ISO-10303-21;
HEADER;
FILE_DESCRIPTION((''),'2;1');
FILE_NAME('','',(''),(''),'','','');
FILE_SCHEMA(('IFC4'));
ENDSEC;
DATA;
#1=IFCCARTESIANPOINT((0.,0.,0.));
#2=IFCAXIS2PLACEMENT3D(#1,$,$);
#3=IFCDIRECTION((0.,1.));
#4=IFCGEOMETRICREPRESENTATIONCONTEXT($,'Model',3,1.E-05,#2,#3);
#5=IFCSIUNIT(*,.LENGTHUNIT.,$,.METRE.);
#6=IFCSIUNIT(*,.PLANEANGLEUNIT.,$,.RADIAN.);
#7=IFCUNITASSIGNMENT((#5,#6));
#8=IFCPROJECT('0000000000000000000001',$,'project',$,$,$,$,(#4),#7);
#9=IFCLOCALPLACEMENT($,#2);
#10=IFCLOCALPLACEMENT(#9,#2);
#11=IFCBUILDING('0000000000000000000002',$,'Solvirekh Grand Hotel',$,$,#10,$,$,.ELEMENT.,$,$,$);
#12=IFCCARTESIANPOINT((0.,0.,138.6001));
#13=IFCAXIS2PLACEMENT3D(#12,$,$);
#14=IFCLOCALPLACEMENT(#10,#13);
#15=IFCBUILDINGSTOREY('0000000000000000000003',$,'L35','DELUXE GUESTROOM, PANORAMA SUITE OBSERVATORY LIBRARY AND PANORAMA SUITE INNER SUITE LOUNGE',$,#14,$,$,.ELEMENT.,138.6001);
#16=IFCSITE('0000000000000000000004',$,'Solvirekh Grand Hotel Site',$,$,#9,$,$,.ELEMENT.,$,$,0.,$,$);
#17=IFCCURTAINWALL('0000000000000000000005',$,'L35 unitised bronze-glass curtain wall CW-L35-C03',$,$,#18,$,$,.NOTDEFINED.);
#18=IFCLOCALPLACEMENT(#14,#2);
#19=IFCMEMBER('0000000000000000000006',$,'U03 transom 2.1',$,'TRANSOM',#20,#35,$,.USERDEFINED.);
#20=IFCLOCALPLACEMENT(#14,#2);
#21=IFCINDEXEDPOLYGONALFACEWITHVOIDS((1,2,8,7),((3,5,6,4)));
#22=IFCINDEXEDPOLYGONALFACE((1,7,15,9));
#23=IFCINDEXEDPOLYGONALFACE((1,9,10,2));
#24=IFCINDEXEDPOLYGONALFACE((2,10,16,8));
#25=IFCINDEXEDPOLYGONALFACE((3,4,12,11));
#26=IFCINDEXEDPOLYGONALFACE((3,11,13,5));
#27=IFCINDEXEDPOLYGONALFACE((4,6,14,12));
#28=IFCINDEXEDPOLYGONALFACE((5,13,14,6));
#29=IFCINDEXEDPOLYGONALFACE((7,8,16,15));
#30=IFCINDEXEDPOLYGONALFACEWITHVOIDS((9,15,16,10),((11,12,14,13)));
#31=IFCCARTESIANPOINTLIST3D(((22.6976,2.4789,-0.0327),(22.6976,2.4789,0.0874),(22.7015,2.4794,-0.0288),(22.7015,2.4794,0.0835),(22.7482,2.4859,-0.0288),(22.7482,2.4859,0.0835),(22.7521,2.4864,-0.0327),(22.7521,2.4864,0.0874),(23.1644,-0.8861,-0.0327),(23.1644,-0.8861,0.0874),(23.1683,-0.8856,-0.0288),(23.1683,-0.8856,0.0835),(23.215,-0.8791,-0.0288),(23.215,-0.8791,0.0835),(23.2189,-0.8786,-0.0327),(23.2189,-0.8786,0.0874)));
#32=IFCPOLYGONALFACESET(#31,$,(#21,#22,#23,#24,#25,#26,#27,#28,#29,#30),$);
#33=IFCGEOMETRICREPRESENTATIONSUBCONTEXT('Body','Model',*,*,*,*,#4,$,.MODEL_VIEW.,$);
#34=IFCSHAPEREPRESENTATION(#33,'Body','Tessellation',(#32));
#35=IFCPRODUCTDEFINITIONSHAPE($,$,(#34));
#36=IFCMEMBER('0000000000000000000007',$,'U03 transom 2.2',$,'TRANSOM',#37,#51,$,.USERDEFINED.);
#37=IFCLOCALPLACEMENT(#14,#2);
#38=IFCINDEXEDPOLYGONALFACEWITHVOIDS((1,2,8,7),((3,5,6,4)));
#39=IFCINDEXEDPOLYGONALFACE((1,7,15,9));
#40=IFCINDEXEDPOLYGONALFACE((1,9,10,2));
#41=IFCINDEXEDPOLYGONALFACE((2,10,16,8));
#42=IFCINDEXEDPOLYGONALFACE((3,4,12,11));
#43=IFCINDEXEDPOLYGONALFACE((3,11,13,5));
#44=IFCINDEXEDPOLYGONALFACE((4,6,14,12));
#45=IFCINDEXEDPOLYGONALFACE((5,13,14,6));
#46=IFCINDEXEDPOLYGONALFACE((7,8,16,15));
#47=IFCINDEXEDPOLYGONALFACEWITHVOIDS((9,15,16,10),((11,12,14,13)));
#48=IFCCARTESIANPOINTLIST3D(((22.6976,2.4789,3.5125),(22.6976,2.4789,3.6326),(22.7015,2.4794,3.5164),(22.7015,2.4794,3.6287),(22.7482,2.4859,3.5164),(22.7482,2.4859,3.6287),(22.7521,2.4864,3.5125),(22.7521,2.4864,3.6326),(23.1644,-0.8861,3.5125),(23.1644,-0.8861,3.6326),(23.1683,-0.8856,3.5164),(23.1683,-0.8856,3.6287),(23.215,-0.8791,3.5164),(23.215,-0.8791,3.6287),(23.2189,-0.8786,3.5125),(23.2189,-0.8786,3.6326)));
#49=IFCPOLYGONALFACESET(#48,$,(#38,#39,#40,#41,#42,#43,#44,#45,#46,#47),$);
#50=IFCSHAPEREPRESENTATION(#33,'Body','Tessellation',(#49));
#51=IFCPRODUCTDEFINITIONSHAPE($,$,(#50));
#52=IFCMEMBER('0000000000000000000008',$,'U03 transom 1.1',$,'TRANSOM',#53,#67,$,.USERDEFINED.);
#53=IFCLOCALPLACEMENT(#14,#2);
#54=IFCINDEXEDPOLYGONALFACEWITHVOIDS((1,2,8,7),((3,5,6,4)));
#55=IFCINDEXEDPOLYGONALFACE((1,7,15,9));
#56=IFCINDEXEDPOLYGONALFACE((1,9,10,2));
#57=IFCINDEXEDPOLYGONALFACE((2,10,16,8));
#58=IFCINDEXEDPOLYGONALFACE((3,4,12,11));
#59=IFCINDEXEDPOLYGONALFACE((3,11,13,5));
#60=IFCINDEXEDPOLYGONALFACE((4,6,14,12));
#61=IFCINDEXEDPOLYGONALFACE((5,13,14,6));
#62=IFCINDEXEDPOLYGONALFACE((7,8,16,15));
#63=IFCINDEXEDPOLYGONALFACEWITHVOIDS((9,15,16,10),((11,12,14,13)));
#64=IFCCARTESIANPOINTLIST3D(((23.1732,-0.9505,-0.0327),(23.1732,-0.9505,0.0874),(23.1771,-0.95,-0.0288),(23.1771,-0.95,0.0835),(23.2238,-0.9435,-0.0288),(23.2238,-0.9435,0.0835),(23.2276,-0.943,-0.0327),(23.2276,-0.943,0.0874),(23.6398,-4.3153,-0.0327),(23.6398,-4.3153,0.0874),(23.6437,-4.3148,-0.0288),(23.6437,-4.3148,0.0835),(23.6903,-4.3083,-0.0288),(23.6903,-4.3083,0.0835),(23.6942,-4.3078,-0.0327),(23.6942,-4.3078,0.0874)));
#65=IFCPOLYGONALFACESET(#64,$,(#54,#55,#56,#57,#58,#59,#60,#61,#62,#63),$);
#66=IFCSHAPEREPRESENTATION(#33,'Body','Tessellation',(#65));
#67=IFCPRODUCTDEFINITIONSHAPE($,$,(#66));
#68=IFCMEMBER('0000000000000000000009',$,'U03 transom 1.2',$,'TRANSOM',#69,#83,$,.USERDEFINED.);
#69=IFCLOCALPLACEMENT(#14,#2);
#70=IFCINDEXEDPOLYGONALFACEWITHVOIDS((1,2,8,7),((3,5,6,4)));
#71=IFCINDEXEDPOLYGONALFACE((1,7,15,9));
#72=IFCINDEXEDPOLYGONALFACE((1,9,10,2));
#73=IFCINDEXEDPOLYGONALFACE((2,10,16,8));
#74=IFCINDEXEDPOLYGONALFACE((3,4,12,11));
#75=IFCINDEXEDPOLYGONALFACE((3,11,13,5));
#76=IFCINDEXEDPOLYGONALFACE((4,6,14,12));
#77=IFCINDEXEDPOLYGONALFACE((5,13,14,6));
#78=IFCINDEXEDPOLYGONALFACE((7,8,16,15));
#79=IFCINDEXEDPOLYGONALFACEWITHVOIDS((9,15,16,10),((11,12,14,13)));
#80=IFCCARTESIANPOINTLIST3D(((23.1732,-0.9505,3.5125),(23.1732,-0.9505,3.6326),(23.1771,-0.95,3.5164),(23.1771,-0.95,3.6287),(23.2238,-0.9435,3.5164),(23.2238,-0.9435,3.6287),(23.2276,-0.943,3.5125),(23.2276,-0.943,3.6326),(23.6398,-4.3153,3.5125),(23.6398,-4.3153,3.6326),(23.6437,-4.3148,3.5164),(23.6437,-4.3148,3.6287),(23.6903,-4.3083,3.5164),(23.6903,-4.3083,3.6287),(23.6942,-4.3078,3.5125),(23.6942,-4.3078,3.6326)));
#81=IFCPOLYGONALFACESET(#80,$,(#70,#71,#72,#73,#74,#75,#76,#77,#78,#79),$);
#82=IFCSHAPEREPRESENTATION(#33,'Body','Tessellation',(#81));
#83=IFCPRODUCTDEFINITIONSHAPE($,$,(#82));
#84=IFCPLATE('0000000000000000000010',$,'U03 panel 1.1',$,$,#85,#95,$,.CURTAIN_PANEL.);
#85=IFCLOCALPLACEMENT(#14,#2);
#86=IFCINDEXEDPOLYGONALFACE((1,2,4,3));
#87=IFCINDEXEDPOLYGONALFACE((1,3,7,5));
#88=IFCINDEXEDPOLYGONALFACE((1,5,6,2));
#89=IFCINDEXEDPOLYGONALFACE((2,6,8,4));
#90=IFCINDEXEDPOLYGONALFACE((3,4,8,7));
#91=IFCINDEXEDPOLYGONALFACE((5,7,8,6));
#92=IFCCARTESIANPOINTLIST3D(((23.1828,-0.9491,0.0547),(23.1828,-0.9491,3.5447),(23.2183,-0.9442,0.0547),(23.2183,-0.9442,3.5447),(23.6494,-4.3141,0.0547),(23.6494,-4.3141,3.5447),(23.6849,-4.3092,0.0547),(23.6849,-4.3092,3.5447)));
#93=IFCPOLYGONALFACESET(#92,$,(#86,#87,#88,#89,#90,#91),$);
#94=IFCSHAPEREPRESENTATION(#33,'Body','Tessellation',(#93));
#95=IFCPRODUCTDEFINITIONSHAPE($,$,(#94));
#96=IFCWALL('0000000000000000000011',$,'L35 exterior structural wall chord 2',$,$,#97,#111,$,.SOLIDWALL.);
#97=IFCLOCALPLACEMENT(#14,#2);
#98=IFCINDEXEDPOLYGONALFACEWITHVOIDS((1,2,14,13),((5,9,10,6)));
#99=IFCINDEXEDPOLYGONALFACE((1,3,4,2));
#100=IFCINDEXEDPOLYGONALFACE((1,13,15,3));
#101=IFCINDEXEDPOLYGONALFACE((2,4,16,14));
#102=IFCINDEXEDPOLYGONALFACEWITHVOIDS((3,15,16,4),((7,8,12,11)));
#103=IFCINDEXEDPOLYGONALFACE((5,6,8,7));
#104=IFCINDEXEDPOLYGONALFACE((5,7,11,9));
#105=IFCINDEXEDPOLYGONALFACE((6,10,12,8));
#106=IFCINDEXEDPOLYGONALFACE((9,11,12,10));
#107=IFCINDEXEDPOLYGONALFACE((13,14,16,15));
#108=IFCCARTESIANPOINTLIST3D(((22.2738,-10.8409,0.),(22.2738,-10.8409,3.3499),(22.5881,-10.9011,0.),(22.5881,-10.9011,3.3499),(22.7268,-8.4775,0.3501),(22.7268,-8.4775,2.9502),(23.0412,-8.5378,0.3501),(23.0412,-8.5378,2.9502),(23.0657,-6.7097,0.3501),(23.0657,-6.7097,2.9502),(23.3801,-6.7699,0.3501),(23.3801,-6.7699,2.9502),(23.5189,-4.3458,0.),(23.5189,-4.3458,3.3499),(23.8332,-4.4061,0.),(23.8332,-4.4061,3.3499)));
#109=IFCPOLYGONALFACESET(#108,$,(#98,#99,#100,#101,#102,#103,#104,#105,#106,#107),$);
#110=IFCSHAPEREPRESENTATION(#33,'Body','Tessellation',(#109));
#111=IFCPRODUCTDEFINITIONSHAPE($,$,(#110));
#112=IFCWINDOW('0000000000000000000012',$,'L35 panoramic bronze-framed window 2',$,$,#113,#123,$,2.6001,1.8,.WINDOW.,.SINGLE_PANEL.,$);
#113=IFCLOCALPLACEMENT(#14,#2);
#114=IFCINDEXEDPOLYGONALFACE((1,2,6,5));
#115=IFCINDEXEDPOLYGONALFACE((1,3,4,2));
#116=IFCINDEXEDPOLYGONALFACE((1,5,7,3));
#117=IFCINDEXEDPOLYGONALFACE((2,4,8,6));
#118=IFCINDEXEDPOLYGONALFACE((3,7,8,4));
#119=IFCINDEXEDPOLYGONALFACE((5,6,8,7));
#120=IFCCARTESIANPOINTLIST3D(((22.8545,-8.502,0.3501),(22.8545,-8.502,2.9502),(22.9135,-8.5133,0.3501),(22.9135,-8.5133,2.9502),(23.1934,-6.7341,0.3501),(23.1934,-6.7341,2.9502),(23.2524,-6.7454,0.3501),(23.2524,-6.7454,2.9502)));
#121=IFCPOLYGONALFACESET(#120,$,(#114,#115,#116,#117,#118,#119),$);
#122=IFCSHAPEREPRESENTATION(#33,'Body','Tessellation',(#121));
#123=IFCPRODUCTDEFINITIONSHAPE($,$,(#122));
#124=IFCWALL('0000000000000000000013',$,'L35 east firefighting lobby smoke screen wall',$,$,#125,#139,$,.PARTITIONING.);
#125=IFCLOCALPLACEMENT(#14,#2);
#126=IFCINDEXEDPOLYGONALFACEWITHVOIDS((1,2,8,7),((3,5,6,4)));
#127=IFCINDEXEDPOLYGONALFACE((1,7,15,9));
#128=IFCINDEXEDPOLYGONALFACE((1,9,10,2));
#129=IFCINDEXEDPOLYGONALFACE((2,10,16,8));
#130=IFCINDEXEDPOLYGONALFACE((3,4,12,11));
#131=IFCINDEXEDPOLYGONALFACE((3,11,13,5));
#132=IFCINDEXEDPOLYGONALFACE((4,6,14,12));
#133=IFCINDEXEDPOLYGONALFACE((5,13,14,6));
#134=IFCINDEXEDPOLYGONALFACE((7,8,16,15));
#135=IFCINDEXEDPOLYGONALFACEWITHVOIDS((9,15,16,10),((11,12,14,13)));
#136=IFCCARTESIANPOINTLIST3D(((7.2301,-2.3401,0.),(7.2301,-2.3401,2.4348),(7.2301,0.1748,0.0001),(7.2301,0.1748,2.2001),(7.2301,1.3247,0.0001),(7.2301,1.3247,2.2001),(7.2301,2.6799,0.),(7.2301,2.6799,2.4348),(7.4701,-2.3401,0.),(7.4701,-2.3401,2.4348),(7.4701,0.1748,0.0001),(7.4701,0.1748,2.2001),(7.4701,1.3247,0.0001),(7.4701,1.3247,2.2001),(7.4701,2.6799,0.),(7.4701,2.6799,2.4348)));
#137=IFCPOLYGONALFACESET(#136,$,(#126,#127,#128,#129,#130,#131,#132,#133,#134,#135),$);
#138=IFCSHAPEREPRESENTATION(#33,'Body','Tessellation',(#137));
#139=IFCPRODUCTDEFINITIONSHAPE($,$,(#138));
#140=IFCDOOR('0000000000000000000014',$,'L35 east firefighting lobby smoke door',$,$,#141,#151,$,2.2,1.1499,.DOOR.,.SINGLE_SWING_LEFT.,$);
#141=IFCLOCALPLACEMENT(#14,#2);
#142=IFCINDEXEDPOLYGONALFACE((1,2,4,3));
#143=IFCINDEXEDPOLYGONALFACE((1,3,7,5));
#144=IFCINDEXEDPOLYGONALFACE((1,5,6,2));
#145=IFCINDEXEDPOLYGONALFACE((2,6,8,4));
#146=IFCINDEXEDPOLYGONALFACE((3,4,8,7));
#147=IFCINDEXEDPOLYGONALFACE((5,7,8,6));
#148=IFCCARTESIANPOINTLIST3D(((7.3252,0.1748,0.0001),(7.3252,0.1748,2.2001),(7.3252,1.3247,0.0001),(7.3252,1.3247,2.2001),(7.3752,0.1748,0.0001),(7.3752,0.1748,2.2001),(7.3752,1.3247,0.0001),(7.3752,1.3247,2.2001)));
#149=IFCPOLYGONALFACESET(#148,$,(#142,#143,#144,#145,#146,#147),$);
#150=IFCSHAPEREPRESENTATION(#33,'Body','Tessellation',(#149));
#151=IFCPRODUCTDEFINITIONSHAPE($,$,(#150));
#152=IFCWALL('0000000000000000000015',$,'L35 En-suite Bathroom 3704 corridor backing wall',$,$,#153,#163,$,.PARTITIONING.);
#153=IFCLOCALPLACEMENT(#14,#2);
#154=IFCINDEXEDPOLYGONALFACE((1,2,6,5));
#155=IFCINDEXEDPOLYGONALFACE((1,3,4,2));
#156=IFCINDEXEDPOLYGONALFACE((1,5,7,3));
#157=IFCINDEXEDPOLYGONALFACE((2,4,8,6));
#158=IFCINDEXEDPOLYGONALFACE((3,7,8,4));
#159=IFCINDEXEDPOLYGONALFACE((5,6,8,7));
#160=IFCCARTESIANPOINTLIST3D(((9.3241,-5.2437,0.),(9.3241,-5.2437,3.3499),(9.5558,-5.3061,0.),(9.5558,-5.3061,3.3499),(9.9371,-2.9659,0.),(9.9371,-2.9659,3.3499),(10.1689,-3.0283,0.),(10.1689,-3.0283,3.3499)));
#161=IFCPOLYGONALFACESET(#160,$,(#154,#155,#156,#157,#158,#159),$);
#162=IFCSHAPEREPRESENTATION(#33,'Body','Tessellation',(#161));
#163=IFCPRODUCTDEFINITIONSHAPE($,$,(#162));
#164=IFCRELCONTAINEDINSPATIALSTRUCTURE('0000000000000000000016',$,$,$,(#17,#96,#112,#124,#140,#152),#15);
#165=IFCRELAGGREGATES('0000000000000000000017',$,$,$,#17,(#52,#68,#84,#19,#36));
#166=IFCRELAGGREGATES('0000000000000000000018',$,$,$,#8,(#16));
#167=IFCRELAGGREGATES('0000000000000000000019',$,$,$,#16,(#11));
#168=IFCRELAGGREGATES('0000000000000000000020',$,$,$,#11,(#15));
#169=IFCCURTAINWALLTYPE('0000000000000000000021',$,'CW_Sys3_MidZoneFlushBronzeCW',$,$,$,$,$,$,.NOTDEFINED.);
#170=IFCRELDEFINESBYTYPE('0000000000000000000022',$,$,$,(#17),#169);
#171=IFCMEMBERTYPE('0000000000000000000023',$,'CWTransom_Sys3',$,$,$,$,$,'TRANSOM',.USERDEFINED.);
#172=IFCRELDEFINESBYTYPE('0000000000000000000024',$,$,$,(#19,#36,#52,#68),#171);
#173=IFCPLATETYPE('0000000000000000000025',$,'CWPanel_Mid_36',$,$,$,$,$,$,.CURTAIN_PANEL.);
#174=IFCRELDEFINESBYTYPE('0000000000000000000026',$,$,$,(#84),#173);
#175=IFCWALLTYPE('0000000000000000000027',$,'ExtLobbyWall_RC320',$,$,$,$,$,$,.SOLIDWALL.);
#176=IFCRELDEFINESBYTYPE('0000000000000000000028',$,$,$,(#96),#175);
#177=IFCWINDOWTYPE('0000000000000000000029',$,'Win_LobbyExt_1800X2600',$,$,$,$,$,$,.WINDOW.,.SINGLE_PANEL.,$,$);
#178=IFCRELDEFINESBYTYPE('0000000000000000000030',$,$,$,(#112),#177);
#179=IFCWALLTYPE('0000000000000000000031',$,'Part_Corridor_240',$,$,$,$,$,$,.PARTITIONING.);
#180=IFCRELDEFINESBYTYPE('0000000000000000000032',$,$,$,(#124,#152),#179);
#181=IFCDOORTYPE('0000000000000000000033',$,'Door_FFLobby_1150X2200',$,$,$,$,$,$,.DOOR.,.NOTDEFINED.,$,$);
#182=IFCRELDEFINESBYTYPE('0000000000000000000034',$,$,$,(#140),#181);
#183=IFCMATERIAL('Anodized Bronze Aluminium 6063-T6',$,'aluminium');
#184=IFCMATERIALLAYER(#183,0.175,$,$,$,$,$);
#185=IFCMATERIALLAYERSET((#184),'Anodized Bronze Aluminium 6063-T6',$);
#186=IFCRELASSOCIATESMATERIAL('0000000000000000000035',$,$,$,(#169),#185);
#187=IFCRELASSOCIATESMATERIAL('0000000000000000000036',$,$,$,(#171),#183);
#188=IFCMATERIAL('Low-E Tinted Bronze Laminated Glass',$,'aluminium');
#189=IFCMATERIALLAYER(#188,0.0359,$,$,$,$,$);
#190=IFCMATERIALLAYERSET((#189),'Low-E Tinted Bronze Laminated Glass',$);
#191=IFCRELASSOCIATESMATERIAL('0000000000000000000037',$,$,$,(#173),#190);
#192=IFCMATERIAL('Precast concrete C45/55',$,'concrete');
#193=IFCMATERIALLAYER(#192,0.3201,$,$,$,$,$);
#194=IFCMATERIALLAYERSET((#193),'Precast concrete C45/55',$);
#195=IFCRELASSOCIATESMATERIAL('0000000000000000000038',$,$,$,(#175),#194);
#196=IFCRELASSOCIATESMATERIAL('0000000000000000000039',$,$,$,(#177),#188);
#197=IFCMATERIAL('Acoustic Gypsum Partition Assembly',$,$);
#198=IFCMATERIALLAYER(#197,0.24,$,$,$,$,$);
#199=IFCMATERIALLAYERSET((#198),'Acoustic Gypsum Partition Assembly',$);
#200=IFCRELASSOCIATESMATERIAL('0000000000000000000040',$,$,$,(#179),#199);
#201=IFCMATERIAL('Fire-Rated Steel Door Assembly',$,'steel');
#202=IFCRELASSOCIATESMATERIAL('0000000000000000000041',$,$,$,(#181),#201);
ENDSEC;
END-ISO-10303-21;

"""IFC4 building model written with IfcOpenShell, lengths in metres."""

from ifc_helpers import new_model, si_unit, direction, frame, frame_2d, origin, origin_2d, place, context, subcontext, project, spatial, rectangle, hollow_rectangle, extrude, source, transform, mapped, material, layer, layer_set, material_profile, profile_set, type_object, element, fill, aggregate, save


model = new_model("IFC4")

# Units and contexts
model_context = context("Model", 3, precision=1e-05, world=origin(), true_north=direction((0.0, 1.0)))
body_context = subcontext(model_context, "Body", "Model", "MODEL_VIEW")
ifc_project = project(units=[si_unit("LENGTHUNIT", "METRE"), si_unit("PLANEANGLEUNIT", "RADIAN")], contexts=[model_context])

# Site, building, storey
site_placement = place(None, origin())
site = spatial("IfcSite", under=ifc_project, at=site_placement, Name="Solvirekh Grand Hotel Site", CompositionType="ELEMENT", RefElevation=0.0)
building_placement = place(site_placement, origin())
building = spatial("IfcBuilding", under=site, at=building_placement, Name="Solvirekh Grand Hotel", CompositionType="ELEMENT")
storey_placement = place(building_placement, frame((0.0, 0.0, 138.6001)))
storey = spatial("IfcBuildingStorey", under=building, at=storey_placement, Name="L35", Description="DELUXE GUESTROOM, PANORAMA SUITE OBSERVATORY LIBRARY AND PANORAMA SUITE INNER SUITE LOUNGE", CompositionType="ELEMENT", Elevation=138.6001)

# Curtain wall, members, plate
ifc_material_1 = material(Name="Anodized Bronze Aluminium 6063-T6", Category="aluminium")
ifc_layer_1 = layer(ifc_material_1, 0.175)
ifc_layer_set_1 = layer_set([ifc_layer_1], Name="Anodized Bronze Aluminium 6063-T6")
curtain_wall_type = type_object("IfcCurtainWallType", Name="CW_Sys3_MidZoneFlushBronzeCW", PredefinedType="NOTDEFINED", material=ifc_layer_set_1)
curtain_wall_placement = place(storey_placement, origin())
curtain_wall = element("IfcCurtainWall", 1, at=curtain_wall_placement, inside=storey, type_object=curtain_wall_type, Name="L35 unitised bronze-glass curtain wall CW-L35-C03", PredefinedType="NOTDEFINED")
ifc_material_profile_1 = material_profile(ifc_material_1, hollow_rectangle(XDim=0.0549, YDim=0.1201, WallThickness=0.0039, at=origin_2d()), Name="ALU RHS 120X55X4")
ifc_profile_set_1 = profile_set([ifc_material_profile_1], Name="Anodized Bronze Aluminium 6063-T6")
member_type_1 = type_object("IfcMemberType", Name="CWTransom_Sys3", ElementType="TRANSOM", PredefinedType="USERDEFINED", material=ifc_profile_set_1)
shared_shape_1 = source(origin(), body_context, "Body", "SweptSolid", [
    extrude(hollow_rectangle(XDim=0.0549, YDim=0.1201, WallThickness=0.0039, at=origin_2d()), origin(), (0.0, 0.0, 1.0), 3.3972),
])
member_1_placement = place(storey_placement, frame((23.1917, -0.8823, 0.0273), z_axis=(-0.137406, 0.990515, 0.0), x_axis=(-0.990515, -0.137406, 0.0)))
member_1 = element("IfcMember", 2, at=member_1_placement, type_object=member_type_1, Name="U03 transom 2.1", ObjectType="TRANSOM", PredefinedType="USERDEFINED", context=body_context, shape_type="MappedRepresentation", body=[
    mapped(shared_shape_1, transform((0.0, 0.0, 0.0), x_axis=(1.0, 0.0, 0.0), y_axis=(0.0, 1.0, 0.0), z_axis=(0.0, 0.0, 1.0), scale=1.0)),
])
member_2_placement = place(storey_placement, frame((23.1917, -0.8823, 3.5725), z_axis=(-0.137406, 0.990515, 0.0), x_axis=(-0.990515, -0.137406, 0.0)))
member_2 = element("IfcMember", 3, at=member_2_placement, type_object=member_type_1, Name="U03 transom 2.2", ObjectType="TRANSOM", PredefinedType="USERDEFINED", context=body_context, shape_type="MappedRepresentation", body=[
    mapped(shared_shape_1, transform((0.0, 0.0, 0.0), x_axis=(1.0, 0.0, 0.0), y_axis=(0.0, 1.0, 0.0), z_axis=(0.0, 0.0, 1.0), scale=1.0)),
])
shared_shape_2 = source(origin(), body_context, "Body", "SweptSolid", [
    extrude(hollow_rectangle(XDim=0.0549, YDim=0.1201, WallThickness=0.0039, at=origin_2d()), origin(), (0.0, 0.0, 1.0), 3.397),
])
member_3_placement = place(storey_placement, frame((23.667, -4.3115, 0.0273), z_axis=(-0.137345, 0.990523, 0.0), x_axis=(-0.990523, -0.137345, 0.0)))
member_3 = element("IfcMember", 4, at=member_3_placement, type_object=member_type_1, Name="U03 transom 1.1", ObjectType="TRANSOM", PredefinedType="USERDEFINED", context=body_context, shape_type="MappedRepresentation", body=[
    mapped(shared_shape_2, transform((0.0, 0.0, 0.0), x_axis=(1.0, 0.0, 0.0), y_axis=(0.0, 1.0, 0.0), z_axis=(0.0, 0.0, 1.0), scale=1.0)),
])
member_4_placement = place(storey_placement, frame((23.667, -4.3115, 3.5725), z_axis=(-0.137345, 0.990523, 0.0), x_axis=(-0.990523, -0.137345, 0.0)))
member_4 = element("IfcMember", 5, at=member_4_placement, type_object=member_type_1, Name="U03 transom 1.2", ObjectType="TRANSOM", PredefinedType="USERDEFINED", context=body_context, shape_type="MappedRepresentation", body=[
    mapped(shared_shape_2, transform((0.0, 0.0, 0.0), x_axis=(1.0, 0.0, 0.0), y_axis=(0.0, 1.0, 0.0), z_axis=(0.0, 0.0, 1.0), scale=1.0)),
])
ifc_material_2 = material(Name="Low-E Tinted Bronze Laminated Glass", Category="aluminium")
ifc_layer_2 = layer(ifc_material_2, 0.0359)
ifc_layer_set_2 = layer_set([ifc_layer_2], Name="Low-E Tinted Bronze Laminated Glass")
plate_type = type_object("IfcPlateType", Name="CWPanel_Mid_36", PredefinedType="CURTAIN_PANEL", material=ifc_layer_set_2)
shared_shape_3 = source(origin(), body_context, "Body", "SweptSolid", [
    extrude(rectangle(XDim=3.3972, YDim=0.0359, at=origin_2d()), origin(), (0.0, 0.0, 1.0), 3.49),
])
plate_placement = place(storey_placement, frame((23.4338, -2.6292, 0.0547), z_axis=(0.0, 0.0, 1.0), x_axis=(-0.137354, 0.990522, 0.0)))
plate = element("IfcPlate", 6, at=plate_placement, type_object=plate_type, Name="U03 panel 1.1", PredefinedType="CURTAIN_PANEL", context=body_context, shape_type="MappedRepresentation", body=[
    mapped(shared_shape_3, transform((0.0, 0.0, 0.0), x_axis=(1.0, 0.0, 0.0), y_axis=(0.0, 1.0, 0.0), z_axis=(0.0, 0.0, 1.0), scale=1.0)),
])
aggregate(curtain_wall, [member_3, member_4, plate, member_1, member_2])

# Wall, opening, window
ifc_material_3 = material(Name="Precast concrete C45/55", Category="concrete")
ifc_layer_3 = layer(ifc_material_3, 0.3201)
ifc_layer_set_3 = layer_set([ifc_layer_3], Name="Precast concrete C45/55")
wall_type_1 = type_object("IfcWallType", Name="ExtLobbyWall_RC320", PredefinedType="SOLIDWALL", material=ifc_layer_set_3)
wall_1_placement = place(storey_placement, frame((23.676, -4.376, 0.0), z_axis=(0.0, 0.0, 1.0), x_axis=(-0.188272, -0.982117, 0.0)))
wall_1 = element("IfcWall", 7, at=wall_1_placement, inside=storey, type_object=wall_type_1, Name="L35 exterior structural wall chord 2", PredefinedType="SOLIDWALL", context=body_context, shape_type="SweptSolid", body=[
    extrude(rectangle(XDim=6.6133, YDim=0.3201, at=frame_2d((3.3066, 0.0))), origin(), (0.0, 0.0, 1.0), 3.3499),
])
opening_1_placement = place(wall_1_placement, frame((2.407, 0.0, 0.3501)))
opening_1 = element("IfcOpeningElement", 8, at=opening_1_placement, cuts=wall_1, PredefinedType="OPENING", context=body_context, shape_type="SweptSolid", body=[
    extrude(rectangle(XDim=1.8, YDim=2.6001, at=frame_2d((0.8999, 1.3))), frame((0.0, 0.1699, 0.0), z_axis=(0.0, -1.0, 0.0), x_axis=(1.0, 0.0, 0.0)), (0.0, 0.0, 1.0), 0.3401),
])
window_type = type_object("IfcWindowType", Name="Win_LobbyExt_1800X2600", PartitioningType="SINGLE_PANEL", PredefinedType="WINDOW", material=ifc_material_2)
window_placement = place(opening_1_placement, origin())
window = element("IfcWindow", 9, at=window_placement, inside=storey, type_object=window_type, Name="L35 panoramic bronze-framed window 2", OverallHeight=2.6001, OverallWidth=1.8, PartitioningType="SINGLE_PANEL", PredefinedType="WINDOW", context=body_context, shape_type="SweptSolid", body=[
    extrude(rectangle(XDim=1.8, YDim=2.6001, at=frame_2d((0.8999, 1.3))), frame((0.0, 0.03, 0.0), z_axis=(0.0, -1.0, 0.0), x_axis=(1.0, 0.0, 0.0)), (0.0, 0.0, 1.0), 0.0601),
])
fill(opening_1, window)

# Wall, opening, door
ifc_material_4 = material(Name="Acoustic Gypsum Partition Assembly")
ifc_layer_4 = layer(ifc_material_4, 0.24)
ifc_layer_set_4 = layer_set([ifc_layer_4], Name="Acoustic Gypsum Partition Assembly")
wall_type_2 = type_object("IfcWallType", Name="Part_Corridor_240", PredefinedType="PARTITIONING", material=ifc_layer_set_4)
wall_2_placement = place(storey_placement, frame((7.3501, -2.3401, 0.0), z_axis=(0.0, 0.0, 1.0), x_axis=(0.0, 1.0, 0.0)))
wall_2 = element("IfcWall", 10, at=wall_2_placement, inside=storey, type_object=wall_type_2, Name="L35 east firefighting lobby smoke screen wall", PredefinedType="PARTITIONING", context=body_context, shape_type="SweptSolid", body=[
    extrude(rectangle(XDim=5.02, YDim=0.24, at=frame_2d((2.51, 0.0))), origin(), (0.0, 0.0, 1.0), 2.4348),
])
opening_2_placement = place(wall_2_placement, frame((2.5149, 0.0, 0.0)))
opening_2 = element("IfcOpeningElement", 11, at=opening_2_placement, cuts=wall_2, PredefinedType="OPENING", context=body_context, shape_type="SweptSolid", body=[
    extrude(rectangle(XDim=1.1499, YDim=2.2, at=frame_2d((0.575, 1.1001))), frame((0.0, 0.1299, 0.0), z_axis=(0.0, -1.0, 0.0), x_axis=(1.0, 0.0, 0.0)), (0.0, 0.0, 1.0), 0.26),
])
ifc_material_5 = material(Name="Fire-Rated Steel Door Assembly", Category="steel")
door_type_1 = type_object("IfcDoorType", Name="Door_FFLobby_1150X2200", OperationType="NOTDEFINED", PredefinedType="DOOR", material=ifc_material_5)
door_1_placement = place(opening_2_placement, origin())
door_1 = element("IfcDoor", 12, at=door_1_placement, inside=storey, type_object=door_type_1, Name="L35 east firefighting lobby smoke door", OperationType="SINGLE_SWING_LEFT", OverallHeight=2.2, OverallWidth=1.1499, PredefinedType="DOOR", context=body_context, shape_type="SweptSolid", body=[
    extrude(rectangle(XDim=1.1499, YDim=2.2, at=frame_2d((0.575, 1.1001))), frame((0.0, 0.0249, 0.0), z_axis=(0.0, -1.0, 0.0), x_axis=(1.0, 0.0, 0.0)), (0.0, 0.0, 1.0), 0.05),
])
fill(opening_2, door_1)

# Wall
wall_3_placement = place(storey_placement, frame((9.4399, -5.2749, 0.0), z_axis=(0.0, 0.0, 1.0), x_axis=(0.259884, 0.96564, 0.0)))
element("IfcWall", 13, at=wall_3_placement, inside=storey, type_object=wall_type_2, Name="L35 En-suite Bathroom 3704 corridor backing wall", PredefinedType="PARTITIONING", context=body_context, shape_type="SweptSolid", body=[
    extrude(rectangle(XDim=2.3589, YDim=0.24, at=frame_2d((1.1794, 0.0))), origin(), (0.0, 0.0, 1.0), 3.3499),
])

save(model, "model.ifc")
